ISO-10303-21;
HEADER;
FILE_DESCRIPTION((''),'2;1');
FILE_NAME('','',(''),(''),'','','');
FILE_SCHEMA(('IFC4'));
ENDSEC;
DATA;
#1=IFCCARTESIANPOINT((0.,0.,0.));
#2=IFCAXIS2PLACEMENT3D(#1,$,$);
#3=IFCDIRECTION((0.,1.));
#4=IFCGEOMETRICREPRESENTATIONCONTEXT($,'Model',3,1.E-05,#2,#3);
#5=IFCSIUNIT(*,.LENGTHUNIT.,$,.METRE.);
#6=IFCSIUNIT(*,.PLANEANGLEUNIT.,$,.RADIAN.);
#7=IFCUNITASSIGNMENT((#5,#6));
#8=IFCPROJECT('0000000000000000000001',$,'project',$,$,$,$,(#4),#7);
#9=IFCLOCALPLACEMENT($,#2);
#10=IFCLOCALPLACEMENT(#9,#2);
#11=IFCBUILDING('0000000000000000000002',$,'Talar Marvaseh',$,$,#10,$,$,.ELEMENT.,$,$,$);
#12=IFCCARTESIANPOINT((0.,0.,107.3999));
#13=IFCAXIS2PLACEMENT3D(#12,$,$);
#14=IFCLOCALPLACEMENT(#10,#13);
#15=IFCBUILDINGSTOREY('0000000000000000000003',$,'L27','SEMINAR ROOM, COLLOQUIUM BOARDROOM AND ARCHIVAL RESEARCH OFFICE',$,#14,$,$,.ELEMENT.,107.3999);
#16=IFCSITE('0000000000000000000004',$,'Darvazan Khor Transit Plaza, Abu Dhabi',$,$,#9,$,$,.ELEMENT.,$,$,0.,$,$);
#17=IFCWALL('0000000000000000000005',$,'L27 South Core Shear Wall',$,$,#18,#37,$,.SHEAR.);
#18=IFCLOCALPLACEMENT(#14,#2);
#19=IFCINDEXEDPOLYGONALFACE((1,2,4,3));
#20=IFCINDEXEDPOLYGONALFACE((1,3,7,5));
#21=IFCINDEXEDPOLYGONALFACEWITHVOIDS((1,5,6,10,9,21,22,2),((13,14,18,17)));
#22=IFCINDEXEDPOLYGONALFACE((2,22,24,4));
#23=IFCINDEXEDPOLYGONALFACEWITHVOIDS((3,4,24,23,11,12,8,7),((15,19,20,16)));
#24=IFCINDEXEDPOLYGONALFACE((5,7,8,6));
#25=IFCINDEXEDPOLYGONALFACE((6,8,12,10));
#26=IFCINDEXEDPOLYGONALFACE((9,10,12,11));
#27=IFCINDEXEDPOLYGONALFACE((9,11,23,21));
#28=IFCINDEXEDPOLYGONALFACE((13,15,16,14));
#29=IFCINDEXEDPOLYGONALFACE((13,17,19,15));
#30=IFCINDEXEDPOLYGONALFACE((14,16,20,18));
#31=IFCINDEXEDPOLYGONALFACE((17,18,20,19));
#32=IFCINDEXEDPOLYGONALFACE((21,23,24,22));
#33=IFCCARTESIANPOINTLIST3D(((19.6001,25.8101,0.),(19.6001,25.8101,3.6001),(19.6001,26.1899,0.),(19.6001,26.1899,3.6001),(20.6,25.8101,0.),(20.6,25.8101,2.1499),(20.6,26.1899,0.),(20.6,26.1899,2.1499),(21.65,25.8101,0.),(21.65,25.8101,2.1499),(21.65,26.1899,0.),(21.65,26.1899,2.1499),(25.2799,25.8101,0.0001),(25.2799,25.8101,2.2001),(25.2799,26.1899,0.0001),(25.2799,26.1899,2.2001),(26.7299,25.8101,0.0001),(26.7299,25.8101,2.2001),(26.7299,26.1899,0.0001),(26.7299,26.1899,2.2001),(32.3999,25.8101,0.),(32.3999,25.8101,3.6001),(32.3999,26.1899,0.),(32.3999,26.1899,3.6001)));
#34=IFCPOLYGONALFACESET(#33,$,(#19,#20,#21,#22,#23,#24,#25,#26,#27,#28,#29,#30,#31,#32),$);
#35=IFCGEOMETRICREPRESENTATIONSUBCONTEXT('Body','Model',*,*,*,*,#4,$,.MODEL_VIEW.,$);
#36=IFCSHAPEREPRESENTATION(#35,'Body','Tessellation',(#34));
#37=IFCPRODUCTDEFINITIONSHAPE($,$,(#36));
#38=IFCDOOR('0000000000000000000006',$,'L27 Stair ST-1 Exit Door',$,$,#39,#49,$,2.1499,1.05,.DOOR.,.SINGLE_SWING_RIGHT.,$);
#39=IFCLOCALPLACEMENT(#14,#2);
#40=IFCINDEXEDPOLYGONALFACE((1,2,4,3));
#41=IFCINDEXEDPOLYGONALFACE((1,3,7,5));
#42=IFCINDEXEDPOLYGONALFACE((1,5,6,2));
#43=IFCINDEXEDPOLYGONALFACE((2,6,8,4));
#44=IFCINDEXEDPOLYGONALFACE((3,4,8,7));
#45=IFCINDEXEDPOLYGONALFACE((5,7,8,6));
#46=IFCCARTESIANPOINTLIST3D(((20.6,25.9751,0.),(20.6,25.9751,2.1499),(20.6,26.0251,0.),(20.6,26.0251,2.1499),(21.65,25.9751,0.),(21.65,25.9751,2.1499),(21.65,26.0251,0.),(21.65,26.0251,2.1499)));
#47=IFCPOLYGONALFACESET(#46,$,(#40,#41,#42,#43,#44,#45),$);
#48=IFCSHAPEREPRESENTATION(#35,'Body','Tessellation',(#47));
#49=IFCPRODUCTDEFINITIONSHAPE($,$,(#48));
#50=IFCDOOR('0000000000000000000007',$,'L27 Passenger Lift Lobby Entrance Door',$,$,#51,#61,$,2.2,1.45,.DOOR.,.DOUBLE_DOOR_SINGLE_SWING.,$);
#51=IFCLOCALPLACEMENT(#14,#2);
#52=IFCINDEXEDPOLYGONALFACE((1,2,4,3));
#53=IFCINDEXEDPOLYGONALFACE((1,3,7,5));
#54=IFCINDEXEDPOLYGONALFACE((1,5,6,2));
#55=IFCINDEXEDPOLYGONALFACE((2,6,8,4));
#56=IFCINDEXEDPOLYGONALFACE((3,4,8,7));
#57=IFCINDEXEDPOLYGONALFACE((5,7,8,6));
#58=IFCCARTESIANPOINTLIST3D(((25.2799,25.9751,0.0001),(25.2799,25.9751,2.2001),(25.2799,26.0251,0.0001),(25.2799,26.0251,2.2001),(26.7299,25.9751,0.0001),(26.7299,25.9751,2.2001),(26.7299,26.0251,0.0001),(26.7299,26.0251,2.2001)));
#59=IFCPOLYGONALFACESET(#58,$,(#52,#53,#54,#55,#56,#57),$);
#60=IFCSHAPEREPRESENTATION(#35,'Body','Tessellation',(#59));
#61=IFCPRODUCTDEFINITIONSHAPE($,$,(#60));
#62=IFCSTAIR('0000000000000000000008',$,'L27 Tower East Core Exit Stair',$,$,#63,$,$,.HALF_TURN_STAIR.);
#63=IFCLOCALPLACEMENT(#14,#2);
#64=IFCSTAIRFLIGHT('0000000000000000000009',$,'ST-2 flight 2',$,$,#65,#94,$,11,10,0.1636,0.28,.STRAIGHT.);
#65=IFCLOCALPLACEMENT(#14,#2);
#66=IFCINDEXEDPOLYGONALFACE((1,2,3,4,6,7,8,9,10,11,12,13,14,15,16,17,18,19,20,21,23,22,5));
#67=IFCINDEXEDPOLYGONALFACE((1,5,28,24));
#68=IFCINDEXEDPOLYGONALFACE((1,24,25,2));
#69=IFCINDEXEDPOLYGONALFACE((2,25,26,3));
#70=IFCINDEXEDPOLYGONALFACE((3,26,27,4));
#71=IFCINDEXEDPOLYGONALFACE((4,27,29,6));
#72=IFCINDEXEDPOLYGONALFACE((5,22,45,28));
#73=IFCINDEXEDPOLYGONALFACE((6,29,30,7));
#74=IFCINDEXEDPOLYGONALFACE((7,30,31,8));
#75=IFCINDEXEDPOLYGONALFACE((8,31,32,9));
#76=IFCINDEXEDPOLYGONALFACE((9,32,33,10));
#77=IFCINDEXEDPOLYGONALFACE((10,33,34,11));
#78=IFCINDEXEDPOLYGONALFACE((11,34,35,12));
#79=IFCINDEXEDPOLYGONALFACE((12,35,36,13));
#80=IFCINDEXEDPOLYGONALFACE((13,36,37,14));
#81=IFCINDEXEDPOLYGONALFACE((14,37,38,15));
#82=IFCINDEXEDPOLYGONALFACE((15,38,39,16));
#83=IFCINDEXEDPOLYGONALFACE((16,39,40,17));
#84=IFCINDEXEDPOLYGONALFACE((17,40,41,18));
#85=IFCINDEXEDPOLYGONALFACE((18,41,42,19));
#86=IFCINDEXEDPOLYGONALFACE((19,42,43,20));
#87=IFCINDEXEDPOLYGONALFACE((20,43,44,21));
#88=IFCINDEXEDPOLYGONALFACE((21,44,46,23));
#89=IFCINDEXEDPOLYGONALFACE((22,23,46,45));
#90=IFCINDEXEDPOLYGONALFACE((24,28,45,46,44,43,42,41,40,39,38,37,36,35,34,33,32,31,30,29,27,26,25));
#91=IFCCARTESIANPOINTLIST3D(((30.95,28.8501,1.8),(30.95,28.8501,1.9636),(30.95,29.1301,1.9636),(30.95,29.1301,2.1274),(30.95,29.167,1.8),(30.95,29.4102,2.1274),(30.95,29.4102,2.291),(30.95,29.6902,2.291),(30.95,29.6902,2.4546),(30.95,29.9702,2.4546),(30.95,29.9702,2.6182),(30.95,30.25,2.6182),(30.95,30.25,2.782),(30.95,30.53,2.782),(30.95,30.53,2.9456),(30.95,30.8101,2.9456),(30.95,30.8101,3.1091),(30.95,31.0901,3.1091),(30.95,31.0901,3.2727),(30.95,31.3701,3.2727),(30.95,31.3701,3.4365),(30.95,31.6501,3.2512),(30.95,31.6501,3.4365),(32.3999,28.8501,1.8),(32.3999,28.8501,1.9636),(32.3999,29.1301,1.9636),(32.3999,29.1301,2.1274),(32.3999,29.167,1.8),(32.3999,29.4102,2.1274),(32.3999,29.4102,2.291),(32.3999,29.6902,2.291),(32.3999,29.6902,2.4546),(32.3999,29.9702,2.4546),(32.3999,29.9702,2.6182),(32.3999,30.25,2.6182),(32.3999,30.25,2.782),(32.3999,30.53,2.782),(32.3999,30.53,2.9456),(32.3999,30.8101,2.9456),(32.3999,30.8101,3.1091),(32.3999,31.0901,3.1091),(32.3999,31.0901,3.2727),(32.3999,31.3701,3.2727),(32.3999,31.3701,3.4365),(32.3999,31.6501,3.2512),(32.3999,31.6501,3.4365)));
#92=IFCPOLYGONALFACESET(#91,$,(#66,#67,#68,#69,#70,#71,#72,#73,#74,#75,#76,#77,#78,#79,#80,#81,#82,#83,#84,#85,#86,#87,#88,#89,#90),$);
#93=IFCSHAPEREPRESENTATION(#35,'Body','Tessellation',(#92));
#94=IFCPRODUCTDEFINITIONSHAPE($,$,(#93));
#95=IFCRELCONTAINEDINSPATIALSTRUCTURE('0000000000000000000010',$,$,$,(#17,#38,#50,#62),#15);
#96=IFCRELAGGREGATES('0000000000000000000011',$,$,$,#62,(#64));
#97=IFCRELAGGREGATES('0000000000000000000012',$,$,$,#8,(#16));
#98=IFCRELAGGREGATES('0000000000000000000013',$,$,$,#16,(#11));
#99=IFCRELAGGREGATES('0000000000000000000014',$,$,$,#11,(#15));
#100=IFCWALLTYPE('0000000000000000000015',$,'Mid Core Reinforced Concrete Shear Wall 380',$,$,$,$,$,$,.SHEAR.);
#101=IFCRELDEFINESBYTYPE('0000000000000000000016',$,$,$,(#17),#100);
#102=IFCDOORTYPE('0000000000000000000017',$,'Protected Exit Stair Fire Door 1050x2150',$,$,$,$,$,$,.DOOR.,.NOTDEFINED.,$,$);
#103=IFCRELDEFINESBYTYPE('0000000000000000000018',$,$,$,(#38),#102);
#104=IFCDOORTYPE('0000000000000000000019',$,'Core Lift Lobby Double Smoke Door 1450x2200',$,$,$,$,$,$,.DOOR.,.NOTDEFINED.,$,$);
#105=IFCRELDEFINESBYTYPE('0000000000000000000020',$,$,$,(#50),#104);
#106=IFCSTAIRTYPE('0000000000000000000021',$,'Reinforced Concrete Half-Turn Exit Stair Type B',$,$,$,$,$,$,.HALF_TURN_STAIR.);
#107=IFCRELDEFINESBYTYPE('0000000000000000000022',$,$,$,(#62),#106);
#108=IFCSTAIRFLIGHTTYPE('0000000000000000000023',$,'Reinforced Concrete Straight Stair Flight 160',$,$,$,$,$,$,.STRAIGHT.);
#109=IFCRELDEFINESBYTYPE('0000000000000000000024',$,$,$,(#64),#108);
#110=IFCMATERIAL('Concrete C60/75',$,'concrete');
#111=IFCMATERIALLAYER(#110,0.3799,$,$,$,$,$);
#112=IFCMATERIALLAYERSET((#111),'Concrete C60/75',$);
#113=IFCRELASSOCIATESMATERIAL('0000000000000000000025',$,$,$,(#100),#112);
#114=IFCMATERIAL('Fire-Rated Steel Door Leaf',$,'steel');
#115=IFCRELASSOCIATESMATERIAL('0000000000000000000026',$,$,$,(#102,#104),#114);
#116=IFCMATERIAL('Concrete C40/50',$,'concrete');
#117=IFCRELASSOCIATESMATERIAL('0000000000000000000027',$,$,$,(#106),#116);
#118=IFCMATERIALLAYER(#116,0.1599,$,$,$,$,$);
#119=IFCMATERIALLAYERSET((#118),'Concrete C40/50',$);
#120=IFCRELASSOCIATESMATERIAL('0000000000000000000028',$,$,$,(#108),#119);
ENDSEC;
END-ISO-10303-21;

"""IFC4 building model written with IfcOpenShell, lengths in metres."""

from ifc_helpers import new_model, si_unit, direction, frame, frame_2d, origin, place, context, subcontext, project, spatial, polyline, rectangle, outline, extrude, source, transform, mapped, material, layer, layer_set, type_object, type_shapes, element, fill, aggregate, save


model = new_model("IFC4")

# Units and contexts
model_context = context("Model", 3, precision=1e-05, world=origin(), true_north=direction((0.0, 1.0)))
body_context = subcontext(model_context, "Body", "Model", "MODEL_VIEW")
ifc_project = project(units=[si_unit("LENGTHUNIT", "METRE"), si_unit("PLANEANGLEUNIT", "RADIAN")], contexts=[model_context])

# Site, building, storey
site_placement = place(None, origin())
site = spatial("IfcSite", under=ifc_project, at=site_placement, Name="Darvazan Khor Transit Plaza, Abu Dhabi", CompositionType="ELEMENT", RefElevation=0.0)
building_placement = place(site_placement, origin())
building = spatial("IfcBuilding", under=site, at=building_placement, Name="Talar Marvaseh", CompositionType="ELEMENT")
storey_placement = place(building_placement, frame((0.0, 0.0, 107.3999)))
storey = spatial("IfcBuildingStorey", under=building, at=storey_placement, Name="L27", Description="SEMINAR ROOM, COLLOQUIUM BOARDROOM AND ARCHIVAL RESEARCH OFFICE", CompositionType="ELEMENT", Elevation=107.3999)

# Shared definitions
ifc_material_1 = material(Name="Concrete C60/75", Category="concrete")

# Wall, openings, doors
ifc_layer_1 = layer(ifc_material_1, 0.3799)
ifc_layer_set_1 = layer_set([ifc_layer_1], Name="Concrete C60/75")
wall_type_1 = type_object("IfcWallType", Name="Mid Core Reinforced Concrete Shear Wall 380", PredefinedType="SHEAR", material=ifc_layer_set_1)
wall_1_placement = place(storey_placement, frame((32.3999, 26.0, 0.0), z_axis=(0.0, 0.0, 1.0), x_axis=(-1.0, 0.0, 0.0)))
wall_1 = element("IfcWall", 1, at=wall_1_placement, inside=storey, type_object=wall_type_1, Name="L27 South Core Shear Wall", PredefinedType="SHEAR", context=body_context, shape_type="SweptSolid", body=[
    extrude(rectangle(XDim=12.7998, YDim=0.3799, at=frame_2d((6.3999, 0.0))), origin(), (0.0, 0.0, 1.0), 3.6001),
])
opening_1_placement = place(wall_1_placement, frame((10.75, 0.0, 0.0)))
opening_1 = element("IfcOpeningElement", 2, at=opening_1_placement, cuts=wall_1, PredefinedType="OPENING", context=body_context, shape_type="SweptSolid", body=[
    extrude(rectangle(XDim=1.05, YDim=2.1499, at=frame_2d((0.5249, 1.075))), frame((0.0, 0.2, 0.0), z_axis=(0.0, -1.0, 0.0), x_axis=(1.0, 0.0, 0.0)), (0.0, 0.0, 1.0), 0.3999),
])
opening_2_placement = place(wall_1_placement, frame((5.6699, 0.0, 0.0)))
opening_2 = element("IfcOpeningElement", 3, at=opening_2_placement, cuts=wall_1, PredefinedType="OPENING", context=body_context, shape_type="SweptSolid", body=[
    extrude(rectangle(XDim=1.45, YDim=2.2, at=frame_2d((0.7251, 1.1001))), frame((0.0, 0.2, 0.0), z_axis=(0.0, -1.0, 0.0), x_axis=(1.0, 0.0, 0.0)), (0.0, 0.0, 1.0), 0.3999),
])
ifc_material_2 = material(Name="Fire-Rated Steel Door Leaf", Category="steel")
door_type_1 = type_object("IfcDoorType", Name="Protected Exit Stair Fire Door 1050x2150", OperationType="NOTDEFINED", PredefinedType="DOOR", material=ifc_material_2)
shared_shape_1 = source(origin(), body_context, "Body", "SweptSolid", [
    extrude(rectangle(XDim=1.05, YDim=2.1499, at=frame_2d((0.5249, 1.075))), frame((0.0, 0.0249, 0.0), z_axis=(0.0, -1.0, 0.0), x_axis=(1.0, 0.0, 0.0)), (0.0, 0.0, 1.0), 0.05),
])
type_shapes(door_type_1, [shared_shape_1])
door_1_placement = place(opening_1_placement, origin())
door_1 = element("IfcDoor", 4, at=door_1_placement, inside=storey, type_object=door_type_1, Name="L27 Stair ST-1 Exit Door", OperationType="SINGLE_SWING_RIGHT", OverallHeight=2.1499, OverallWidth=1.05, PredefinedType="DOOR", context=body_context, shape_type="MappedRepresentation", body=[
    mapped(shared_shape_1, transform((0.0, 0.0, 0.0), x_axis=(1.0, 0.0, 0.0), y_axis=(0.0, 1.0, 0.0), z_axis=(0.0, 0.0, 1.0), scale=1.0)),
])
fill(opening_1, door_1)
door_type_2 = type_object("IfcDoorType", Name="Core Lift Lobby Double Smoke Door 1450x2200", OperationType="NOTDEFINED", PredefinedType="DOOR", material=ifc_material_2)
shared_shape_2 = source(origin(), body_context, "Body", "SweptSolid", [
    extrude(rectangle(XDim=1.45, YDim=2.2, at=frame_2d((0.7251, 1.1001))), frame((0.0, 0.0249, 0.0), z_axis=(0.0, -1.0, 0.0), x_axis=(1.0, 0.0, 0.0)), (0.0, 0.0, 1.0), 0.05),
])
type_shapes(door_type_2, [shared_shape_2])
door_2_placement = place(opening_2_placement, origin())
door_2 = element("IfcDoor", 5, at=door_2_placement, inside=storey, type_object=door_type_2, Name="L27 Passenger Lift Lobby Entrance Door", OperationType="DOUBLE_DOOR_SINGLE_SWING", OverallHeight=2.2, OverallWidth=1.45, PredefinedType="DOOR", context=body_context, shape_type="MappedRepresentation", body=[
    mapped(shared_shape_2, transform((0.0, 0.0, 0.0), x_axis=(1.0, 0.0, 0.0), y_axis=(0.0, 1.0, 0.0), z_axis=(0.0, 0.0, 1.0), scale=1.0)),
])
fill(opening_2, door_2)

# Stair, stair flight
ifc_material_3 = material(Name="Concrete C40/50", Category="concrete")
stair_type = type_object("IfcStairType", Name="Reinforced Concrete Half-Turn Exit Stair Type B", PredefinedType="HALF_TURN_STAIR", material=ifc_material_3)
stair_placement = place(storey_placement, origin())
stair = element("IfcStair", 6, at=stair_placement, inside=storey, type_object=stair_type, Name="L27 Tower East Core Exit Stair", PredefinedType="HALF_TURN_STAIR")
ifc_layer_2 = layer(ifc_material_3, 0.1599)
ifc_layer_set_2 = layer_set([ifc_layer_2], Name="Concrete C40/50")
stair_flight_type = type_object("IfcStairFlightType", Name="Reinforced Concrete Straight Stair Flight 160", PredefinedType="STRAIGHT", material=ifc_layer_set_2)
stair_flight_placement = place(storey_placement, frame((31.675, 28.8501, 1.8), z_axis=(0.0, 0.0, 1.0), x_axis=(0.0, 1.0, 0.0)))
stair_flight = element("IfcStairFlight", 7, at=stair_flight_placement, type_object=stair_flight_type, Name="ST-2 flight 2", NumberOfRisers=11, NumberOfTreads=10, PredefinedType="STRAIGHT", RiserHeight=0.1636, TreadLength=0.28, context=body_context, shape_type="SweptSolid", body=[
    extrude(outline(polyline([(0.0, 0.0), (0.0, 0.1636), (0.28, 0.1636), (0.28, 0.3274), (0.5601, 0.3274), (0.5601, 0.491), (0.8401, 0.491), (0.8401, 0.6545), (1.1201, 0.6545), (1.1201, 0.8181), (1.3999, 0.8181), (1.3999, 0.9819), (1.6799, 0.9819), (1.6799, 1.1455), (1.96, 1.1455), (1.96, 1.3091), (2.24, 1.3091), (2.24, 1.4727), (2.52, 1.4727), (2.52, 1.6365), (2.8, 1.6365), (2.8, 1.8), (2.8, 1.4512), (0.3169, 0.0), (0.0, 0.0)])), frame((0.0, 0.7251, 0.0), z_axis=(0.0, -1.0, 0.0), x_axis=(1.0, 0.0, 0.0)), (0.0, 0.0, 1.0), 1.45),
])
aggregate(stair, [stair_flight])

save(model, "model.ifc")
